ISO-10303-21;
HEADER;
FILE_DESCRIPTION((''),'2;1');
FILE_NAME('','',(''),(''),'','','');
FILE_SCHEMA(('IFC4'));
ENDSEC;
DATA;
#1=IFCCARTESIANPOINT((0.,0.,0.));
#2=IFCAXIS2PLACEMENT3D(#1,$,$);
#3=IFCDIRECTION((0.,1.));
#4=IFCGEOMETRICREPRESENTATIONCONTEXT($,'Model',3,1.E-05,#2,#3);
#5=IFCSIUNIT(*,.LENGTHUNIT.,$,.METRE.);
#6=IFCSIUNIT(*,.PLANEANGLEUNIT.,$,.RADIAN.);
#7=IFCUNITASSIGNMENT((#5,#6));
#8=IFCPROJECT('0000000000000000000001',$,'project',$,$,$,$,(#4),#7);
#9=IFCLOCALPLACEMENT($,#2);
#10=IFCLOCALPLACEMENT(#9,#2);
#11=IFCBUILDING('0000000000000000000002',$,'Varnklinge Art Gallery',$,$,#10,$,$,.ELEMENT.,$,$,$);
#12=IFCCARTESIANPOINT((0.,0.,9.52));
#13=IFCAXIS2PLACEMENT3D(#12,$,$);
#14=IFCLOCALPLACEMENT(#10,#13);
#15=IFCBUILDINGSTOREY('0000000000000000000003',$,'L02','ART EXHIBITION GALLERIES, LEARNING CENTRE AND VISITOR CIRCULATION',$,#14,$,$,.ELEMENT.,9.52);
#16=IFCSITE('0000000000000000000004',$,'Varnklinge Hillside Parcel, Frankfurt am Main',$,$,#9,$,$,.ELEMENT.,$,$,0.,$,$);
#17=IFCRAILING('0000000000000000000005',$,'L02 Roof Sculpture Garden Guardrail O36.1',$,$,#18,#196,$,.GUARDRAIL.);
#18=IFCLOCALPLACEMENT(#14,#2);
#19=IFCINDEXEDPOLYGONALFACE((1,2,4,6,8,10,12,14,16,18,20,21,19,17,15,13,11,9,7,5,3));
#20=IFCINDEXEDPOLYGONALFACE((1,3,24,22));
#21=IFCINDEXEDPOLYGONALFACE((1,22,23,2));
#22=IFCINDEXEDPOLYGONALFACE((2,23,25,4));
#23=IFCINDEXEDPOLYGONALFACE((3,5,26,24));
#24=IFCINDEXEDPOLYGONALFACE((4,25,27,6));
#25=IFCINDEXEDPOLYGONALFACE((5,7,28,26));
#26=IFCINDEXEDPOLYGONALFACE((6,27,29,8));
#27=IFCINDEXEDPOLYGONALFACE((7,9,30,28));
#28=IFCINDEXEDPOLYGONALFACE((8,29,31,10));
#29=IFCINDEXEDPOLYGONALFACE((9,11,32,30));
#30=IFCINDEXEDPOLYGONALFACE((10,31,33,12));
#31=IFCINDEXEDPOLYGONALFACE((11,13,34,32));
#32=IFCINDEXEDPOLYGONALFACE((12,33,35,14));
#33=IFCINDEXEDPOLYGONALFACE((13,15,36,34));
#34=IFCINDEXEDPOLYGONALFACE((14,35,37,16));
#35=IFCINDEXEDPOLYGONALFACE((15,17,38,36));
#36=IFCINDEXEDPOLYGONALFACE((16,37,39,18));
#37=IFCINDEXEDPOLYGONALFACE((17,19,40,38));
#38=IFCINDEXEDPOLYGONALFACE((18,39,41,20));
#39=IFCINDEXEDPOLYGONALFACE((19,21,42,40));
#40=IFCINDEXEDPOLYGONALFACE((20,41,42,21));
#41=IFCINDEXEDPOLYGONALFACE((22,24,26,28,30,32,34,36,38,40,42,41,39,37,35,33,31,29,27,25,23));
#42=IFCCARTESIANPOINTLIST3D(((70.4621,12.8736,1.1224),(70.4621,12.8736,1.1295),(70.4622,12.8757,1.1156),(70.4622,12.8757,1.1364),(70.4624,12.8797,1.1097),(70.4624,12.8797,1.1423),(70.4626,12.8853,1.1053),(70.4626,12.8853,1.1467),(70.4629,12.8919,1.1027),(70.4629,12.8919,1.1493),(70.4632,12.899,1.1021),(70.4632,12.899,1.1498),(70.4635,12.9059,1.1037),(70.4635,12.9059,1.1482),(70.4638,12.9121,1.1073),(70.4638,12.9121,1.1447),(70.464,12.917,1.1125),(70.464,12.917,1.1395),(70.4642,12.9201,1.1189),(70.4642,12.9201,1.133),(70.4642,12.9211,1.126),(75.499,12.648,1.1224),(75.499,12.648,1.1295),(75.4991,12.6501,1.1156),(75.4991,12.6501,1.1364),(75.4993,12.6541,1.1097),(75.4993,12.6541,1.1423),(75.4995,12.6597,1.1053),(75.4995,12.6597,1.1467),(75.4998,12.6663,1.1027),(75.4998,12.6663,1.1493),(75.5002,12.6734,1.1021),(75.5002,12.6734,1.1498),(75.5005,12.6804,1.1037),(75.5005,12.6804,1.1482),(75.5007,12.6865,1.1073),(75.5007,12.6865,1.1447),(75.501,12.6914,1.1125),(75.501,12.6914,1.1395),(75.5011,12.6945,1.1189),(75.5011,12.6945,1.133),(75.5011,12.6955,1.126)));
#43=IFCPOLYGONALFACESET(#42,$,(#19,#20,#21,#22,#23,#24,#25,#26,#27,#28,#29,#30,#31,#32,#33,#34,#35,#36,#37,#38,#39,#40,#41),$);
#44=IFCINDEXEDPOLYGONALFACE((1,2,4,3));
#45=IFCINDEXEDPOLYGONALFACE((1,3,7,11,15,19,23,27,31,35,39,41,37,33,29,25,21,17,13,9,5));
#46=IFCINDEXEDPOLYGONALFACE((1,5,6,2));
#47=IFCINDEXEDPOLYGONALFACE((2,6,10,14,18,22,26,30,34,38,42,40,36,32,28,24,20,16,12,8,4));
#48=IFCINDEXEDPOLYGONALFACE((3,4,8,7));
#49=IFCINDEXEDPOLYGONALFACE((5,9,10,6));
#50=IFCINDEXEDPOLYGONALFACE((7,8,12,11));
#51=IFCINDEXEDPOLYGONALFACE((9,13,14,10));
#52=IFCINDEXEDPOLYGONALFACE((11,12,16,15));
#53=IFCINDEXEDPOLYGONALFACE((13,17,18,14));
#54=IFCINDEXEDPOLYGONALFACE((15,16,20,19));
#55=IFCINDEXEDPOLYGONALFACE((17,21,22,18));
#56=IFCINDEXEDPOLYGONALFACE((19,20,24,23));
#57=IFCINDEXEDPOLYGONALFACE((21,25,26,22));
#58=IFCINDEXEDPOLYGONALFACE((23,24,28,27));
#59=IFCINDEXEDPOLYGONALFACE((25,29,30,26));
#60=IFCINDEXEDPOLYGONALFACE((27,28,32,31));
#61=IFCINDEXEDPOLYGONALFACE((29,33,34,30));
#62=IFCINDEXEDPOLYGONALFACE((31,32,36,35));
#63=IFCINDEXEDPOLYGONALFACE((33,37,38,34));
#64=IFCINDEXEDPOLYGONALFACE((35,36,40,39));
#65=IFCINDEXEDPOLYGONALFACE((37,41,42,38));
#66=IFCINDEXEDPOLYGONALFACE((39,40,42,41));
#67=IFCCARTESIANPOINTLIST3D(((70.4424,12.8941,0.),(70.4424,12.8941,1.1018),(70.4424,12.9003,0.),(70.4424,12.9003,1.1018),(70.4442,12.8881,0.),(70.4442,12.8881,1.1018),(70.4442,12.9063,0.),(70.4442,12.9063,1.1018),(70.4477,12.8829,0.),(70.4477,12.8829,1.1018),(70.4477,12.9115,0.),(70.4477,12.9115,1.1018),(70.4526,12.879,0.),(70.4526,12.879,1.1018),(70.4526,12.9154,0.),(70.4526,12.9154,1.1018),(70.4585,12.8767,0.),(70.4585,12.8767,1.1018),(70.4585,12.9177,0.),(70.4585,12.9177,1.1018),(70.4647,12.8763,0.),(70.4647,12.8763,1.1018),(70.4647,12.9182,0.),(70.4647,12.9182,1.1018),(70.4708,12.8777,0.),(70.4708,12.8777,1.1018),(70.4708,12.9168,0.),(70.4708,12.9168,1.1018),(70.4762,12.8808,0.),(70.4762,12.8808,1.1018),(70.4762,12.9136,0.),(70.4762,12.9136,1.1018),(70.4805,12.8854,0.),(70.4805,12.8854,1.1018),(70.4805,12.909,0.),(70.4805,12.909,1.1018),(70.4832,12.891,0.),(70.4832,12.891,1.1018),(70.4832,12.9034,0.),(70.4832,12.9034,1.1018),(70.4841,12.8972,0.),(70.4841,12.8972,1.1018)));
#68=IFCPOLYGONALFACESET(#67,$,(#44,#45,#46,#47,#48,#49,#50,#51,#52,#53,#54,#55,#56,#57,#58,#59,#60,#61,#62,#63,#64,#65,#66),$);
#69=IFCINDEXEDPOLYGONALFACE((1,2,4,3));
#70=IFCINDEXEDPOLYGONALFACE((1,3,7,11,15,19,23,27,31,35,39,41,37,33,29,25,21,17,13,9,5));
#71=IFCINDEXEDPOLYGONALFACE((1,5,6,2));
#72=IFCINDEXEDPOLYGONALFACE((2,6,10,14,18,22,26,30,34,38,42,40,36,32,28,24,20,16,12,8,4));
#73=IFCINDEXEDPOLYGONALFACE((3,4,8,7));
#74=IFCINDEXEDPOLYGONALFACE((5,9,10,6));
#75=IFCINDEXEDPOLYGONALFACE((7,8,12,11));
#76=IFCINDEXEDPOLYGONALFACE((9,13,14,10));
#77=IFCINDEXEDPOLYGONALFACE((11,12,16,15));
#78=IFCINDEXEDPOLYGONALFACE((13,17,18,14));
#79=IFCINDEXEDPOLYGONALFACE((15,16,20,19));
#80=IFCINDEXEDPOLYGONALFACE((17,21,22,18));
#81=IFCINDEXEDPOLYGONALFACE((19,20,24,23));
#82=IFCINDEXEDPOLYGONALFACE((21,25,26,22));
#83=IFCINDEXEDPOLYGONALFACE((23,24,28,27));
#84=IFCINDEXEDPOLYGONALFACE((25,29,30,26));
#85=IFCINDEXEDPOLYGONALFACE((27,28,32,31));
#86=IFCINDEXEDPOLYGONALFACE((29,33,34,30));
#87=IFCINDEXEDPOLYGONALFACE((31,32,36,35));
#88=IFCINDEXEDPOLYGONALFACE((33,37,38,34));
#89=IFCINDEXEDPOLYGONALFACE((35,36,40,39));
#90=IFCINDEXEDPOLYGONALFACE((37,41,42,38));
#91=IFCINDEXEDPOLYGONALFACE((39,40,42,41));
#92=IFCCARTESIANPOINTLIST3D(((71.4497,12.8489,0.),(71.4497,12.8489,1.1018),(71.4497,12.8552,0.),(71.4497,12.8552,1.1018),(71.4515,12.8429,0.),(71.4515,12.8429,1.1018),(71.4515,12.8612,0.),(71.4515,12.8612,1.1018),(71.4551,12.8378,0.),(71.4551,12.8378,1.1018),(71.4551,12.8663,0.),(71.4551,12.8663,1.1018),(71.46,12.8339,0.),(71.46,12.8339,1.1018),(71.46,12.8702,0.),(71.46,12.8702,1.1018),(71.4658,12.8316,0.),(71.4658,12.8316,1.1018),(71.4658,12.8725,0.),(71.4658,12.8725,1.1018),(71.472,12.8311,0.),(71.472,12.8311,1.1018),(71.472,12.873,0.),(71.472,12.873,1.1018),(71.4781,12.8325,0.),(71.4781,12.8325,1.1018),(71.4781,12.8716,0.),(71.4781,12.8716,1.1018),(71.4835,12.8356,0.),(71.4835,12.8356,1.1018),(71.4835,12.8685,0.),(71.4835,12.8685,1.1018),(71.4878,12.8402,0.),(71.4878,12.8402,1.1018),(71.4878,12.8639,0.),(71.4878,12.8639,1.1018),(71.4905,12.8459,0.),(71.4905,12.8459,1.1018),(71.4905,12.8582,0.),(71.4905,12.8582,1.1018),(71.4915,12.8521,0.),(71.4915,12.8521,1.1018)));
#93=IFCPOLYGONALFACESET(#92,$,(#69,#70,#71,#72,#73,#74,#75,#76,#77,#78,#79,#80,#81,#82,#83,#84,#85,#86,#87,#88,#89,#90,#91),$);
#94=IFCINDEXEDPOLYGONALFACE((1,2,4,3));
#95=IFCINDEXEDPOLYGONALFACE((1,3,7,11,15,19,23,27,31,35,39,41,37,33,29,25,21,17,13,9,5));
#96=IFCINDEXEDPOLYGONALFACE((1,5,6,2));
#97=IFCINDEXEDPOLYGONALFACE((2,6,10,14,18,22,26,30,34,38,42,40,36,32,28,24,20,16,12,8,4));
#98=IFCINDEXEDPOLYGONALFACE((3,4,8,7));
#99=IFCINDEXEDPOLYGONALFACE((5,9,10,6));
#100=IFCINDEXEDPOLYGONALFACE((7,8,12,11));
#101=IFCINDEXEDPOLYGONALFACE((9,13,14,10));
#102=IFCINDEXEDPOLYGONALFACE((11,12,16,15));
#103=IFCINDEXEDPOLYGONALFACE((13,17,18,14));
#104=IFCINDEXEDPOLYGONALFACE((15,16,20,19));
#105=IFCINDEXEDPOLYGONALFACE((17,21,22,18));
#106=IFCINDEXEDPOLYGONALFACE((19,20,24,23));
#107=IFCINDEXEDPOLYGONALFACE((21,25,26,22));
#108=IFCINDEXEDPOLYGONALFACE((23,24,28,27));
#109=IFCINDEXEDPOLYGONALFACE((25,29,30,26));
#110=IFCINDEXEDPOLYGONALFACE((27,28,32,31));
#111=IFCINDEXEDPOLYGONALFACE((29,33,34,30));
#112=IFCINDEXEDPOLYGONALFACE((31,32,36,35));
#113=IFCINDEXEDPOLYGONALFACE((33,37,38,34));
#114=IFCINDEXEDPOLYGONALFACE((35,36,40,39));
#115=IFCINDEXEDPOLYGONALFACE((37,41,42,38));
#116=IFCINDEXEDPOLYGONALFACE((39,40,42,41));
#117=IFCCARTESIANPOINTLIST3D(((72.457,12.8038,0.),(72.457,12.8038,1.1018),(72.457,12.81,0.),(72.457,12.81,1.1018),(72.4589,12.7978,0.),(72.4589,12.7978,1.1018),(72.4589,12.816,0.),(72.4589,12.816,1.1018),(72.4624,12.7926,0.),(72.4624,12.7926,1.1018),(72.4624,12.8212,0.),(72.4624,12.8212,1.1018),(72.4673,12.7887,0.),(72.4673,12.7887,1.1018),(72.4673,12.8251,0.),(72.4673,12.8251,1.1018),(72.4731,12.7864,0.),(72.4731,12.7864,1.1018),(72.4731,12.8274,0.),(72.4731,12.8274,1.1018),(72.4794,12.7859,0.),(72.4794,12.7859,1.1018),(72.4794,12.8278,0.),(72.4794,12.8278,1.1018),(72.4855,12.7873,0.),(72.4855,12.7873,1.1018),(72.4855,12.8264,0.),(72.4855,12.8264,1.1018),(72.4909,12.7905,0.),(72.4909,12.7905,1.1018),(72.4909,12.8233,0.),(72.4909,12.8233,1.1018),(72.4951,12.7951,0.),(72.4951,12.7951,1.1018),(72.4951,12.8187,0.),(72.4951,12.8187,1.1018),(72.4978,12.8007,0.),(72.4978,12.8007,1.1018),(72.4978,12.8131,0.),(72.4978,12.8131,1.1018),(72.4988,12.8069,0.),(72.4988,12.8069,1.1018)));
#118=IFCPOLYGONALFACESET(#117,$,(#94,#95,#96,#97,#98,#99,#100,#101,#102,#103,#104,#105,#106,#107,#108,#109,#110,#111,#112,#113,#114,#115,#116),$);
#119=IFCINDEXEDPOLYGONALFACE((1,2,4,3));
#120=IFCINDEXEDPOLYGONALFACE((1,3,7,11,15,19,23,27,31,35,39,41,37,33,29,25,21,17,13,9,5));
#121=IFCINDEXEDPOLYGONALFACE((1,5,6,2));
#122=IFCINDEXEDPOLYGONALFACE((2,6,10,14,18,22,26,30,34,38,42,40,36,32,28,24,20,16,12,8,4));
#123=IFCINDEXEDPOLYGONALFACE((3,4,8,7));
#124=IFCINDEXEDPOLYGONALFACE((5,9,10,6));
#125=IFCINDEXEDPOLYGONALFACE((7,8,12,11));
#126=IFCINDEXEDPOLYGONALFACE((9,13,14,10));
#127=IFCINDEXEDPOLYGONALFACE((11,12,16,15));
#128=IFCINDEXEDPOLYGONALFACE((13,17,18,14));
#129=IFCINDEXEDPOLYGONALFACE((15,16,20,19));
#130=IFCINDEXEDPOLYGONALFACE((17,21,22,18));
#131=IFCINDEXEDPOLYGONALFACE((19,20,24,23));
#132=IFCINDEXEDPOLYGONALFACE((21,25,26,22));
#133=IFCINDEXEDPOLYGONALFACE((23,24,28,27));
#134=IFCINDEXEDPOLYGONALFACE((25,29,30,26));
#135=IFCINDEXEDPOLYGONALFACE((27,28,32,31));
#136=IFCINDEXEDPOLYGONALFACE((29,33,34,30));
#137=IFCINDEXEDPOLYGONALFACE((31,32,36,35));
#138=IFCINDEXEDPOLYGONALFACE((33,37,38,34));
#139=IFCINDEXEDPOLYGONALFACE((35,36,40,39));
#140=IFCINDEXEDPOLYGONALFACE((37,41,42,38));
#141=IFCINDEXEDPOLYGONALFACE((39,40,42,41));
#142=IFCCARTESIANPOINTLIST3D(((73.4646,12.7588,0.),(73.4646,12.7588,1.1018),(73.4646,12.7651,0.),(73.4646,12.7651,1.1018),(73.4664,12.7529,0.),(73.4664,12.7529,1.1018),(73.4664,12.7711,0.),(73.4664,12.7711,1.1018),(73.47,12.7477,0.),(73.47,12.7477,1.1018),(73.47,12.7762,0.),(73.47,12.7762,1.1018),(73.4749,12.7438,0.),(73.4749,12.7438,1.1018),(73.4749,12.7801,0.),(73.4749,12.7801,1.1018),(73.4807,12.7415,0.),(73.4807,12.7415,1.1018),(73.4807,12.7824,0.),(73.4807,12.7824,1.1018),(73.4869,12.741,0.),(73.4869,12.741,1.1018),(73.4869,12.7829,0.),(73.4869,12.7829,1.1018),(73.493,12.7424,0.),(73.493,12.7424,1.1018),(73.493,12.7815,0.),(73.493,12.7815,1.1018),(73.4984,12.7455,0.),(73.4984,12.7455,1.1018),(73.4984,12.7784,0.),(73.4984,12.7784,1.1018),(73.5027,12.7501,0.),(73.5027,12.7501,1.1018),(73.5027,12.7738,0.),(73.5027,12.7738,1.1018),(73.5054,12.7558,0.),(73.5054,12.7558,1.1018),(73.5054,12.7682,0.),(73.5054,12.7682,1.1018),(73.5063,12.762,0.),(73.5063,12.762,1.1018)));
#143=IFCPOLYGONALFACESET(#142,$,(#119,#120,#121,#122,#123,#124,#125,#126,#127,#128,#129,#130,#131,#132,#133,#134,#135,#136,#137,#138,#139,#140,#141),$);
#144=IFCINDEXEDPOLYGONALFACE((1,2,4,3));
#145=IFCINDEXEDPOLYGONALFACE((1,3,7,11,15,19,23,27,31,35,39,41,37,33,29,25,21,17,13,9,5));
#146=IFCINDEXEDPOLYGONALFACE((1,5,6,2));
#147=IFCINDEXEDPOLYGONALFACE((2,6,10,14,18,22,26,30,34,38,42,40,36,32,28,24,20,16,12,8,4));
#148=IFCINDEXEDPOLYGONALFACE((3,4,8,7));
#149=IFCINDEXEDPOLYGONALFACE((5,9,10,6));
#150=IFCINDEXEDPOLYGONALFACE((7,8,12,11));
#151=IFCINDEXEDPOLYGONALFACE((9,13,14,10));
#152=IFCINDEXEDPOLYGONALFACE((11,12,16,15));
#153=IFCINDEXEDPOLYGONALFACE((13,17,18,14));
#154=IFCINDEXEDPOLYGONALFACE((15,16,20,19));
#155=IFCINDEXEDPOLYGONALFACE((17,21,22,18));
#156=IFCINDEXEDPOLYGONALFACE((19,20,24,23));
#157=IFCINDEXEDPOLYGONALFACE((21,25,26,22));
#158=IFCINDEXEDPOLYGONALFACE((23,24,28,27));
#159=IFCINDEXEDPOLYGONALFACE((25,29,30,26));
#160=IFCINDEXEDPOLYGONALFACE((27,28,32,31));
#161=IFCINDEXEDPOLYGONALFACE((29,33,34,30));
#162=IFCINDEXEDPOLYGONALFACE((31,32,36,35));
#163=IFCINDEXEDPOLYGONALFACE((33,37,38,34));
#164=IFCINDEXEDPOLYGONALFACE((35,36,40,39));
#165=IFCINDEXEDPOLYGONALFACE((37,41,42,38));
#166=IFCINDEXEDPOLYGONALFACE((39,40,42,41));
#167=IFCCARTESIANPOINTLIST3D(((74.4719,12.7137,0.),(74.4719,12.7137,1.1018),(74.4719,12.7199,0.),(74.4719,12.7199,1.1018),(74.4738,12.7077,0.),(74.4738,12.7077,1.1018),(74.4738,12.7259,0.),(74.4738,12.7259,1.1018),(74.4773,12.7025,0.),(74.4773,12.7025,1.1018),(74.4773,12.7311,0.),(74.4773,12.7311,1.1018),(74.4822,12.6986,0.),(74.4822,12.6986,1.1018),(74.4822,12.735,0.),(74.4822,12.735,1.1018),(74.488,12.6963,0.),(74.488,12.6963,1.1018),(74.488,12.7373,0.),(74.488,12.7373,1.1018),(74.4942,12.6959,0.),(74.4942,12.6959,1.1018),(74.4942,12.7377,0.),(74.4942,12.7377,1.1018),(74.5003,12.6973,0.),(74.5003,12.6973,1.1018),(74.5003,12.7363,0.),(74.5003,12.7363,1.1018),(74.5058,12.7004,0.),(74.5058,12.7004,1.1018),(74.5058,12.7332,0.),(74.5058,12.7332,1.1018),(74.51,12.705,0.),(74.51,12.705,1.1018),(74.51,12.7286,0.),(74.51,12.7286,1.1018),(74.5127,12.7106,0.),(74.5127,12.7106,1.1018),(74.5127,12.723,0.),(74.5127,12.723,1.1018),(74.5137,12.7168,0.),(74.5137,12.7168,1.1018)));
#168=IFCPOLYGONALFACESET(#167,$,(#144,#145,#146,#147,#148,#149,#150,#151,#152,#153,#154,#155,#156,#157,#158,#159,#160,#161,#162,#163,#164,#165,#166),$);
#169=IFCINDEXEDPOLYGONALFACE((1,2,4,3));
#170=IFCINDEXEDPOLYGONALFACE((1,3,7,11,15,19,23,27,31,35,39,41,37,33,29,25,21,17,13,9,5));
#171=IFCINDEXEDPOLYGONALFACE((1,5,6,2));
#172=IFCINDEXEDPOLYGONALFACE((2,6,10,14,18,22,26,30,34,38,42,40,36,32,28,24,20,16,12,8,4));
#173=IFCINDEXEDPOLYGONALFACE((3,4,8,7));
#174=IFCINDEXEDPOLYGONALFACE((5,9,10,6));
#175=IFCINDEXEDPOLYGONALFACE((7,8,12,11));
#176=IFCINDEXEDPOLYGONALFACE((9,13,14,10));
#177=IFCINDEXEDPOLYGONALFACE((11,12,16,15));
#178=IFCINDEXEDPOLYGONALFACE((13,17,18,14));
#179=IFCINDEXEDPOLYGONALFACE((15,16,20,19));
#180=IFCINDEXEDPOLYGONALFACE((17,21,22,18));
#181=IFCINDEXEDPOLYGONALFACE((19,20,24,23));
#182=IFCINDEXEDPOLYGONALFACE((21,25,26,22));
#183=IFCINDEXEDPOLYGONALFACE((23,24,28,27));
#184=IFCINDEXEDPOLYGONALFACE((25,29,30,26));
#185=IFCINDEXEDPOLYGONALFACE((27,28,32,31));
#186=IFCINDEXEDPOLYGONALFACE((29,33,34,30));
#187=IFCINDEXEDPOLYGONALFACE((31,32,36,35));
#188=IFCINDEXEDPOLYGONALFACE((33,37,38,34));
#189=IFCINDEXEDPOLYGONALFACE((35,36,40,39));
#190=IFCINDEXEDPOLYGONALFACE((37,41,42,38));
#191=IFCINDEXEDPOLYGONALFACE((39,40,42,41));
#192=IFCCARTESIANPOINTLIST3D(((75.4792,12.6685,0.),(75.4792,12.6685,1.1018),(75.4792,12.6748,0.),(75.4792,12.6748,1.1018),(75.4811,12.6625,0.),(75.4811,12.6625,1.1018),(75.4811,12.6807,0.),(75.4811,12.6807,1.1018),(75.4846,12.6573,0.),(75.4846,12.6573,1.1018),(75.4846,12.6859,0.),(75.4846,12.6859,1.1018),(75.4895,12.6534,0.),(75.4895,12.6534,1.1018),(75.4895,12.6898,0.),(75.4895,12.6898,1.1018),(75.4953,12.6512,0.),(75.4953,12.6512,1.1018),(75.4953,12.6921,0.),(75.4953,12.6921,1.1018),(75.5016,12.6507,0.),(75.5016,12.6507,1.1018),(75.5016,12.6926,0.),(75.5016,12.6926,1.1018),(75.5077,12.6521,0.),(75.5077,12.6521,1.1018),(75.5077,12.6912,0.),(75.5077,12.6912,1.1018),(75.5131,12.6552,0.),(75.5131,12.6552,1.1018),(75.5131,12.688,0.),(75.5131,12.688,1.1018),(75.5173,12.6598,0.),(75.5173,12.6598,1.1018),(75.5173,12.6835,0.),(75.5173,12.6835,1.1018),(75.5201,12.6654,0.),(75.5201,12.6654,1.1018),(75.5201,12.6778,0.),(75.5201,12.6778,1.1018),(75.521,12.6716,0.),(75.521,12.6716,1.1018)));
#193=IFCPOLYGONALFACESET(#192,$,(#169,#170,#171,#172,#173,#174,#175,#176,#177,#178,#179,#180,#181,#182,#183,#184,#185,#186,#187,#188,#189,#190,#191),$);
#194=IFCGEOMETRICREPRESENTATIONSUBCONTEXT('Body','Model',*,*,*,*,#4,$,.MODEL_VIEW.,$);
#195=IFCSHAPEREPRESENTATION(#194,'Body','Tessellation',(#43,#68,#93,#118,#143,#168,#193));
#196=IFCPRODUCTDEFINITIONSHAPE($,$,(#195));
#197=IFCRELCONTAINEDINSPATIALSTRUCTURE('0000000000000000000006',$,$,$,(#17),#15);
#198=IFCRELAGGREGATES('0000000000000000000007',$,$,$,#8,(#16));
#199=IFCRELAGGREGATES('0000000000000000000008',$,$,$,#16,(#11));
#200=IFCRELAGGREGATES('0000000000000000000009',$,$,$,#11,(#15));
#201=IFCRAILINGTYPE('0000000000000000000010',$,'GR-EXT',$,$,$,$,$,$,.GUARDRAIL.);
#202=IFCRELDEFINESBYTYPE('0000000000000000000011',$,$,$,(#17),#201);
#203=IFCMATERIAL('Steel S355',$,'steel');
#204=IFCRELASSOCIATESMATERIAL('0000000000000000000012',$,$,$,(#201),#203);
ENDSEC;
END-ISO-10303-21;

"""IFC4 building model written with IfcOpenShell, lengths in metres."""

from ifc_helpers import new_model, si_unit, direction, frame, origin, origin_2d, place, context, subcontext, project, spatial, circle, extrude, material, type_object, element, save


model = new_model("IFC4")

# Units and contexts
model_context = context("Model", 3, precision=1e-05, world=origin(), true_north=direction((0.0, 1.0)))
body_context = subcontext(model_context, "Body", "Model", "MODEL_VIEW")
ifc_project = project(units=[si_unit("LENGTHUNIT", "METRE"), si_unit("PLANEANGLEUNIT", "RADIAN")], contexts=[model_context])

# Site, building, storey
site_placement = place(None, origin())
site = spatial("IfcSite", under=ifc_project, at=site_placement, Name="Varnklinge Hillside Parcel, Frankfurt am Main", CompositionType="ELEMENT", RefElevation=0.0)
building_placement = place(site_placement, origin())
building = spatial("IfcBuilding", under=site, at=building_placement, Name="Varnklinge Art Gallery", CompositionType="ELEMENT")
storey_placement = place(building_placement, frame((0.0, 0.0, 9.52)))
storey = spatial("IfcBuildingStorey", under=building, at=storey_placement, Name="L02", Description="ART EXHIBITION GALLERIES, LEARNING CENTRE AND VISITOR CIRCULATION", CompositionType="ELEMENT", Elevation=9.52)

# Railing
ifc_material_1 = material(Name="Steel S355", Category="steel")
railing_type = type_object("IfcRailingType", Name="GR-EXT", PredefinedType="GUARDRAIL", material=ifc_material_1)
railing_1_placement = place(storey_placement, frame((70.4631, 12.8972, 0.0)))
element("IfcRailing", 1, at=railing_1_placement, inside=storey, type_object=railing_type, Name="L02 Roof Sculpture Garden Guardrail O36.1", PredefinedType="GUARDRAIL", context=body_context, shape_type="SweptSolid", body=[
    extrude(circle(Radius=0.0239, at=origin_2d()), frame((0.0, 0.0, 1.126), z_axis=(0.998999, -0.044742, 0.0), x_axis=(0.044742, 0.998999, 0.0)), (0.0, 0.0, 1.0), 5.042),
    extrude(circle(Radius=0.021, at=origin_2d()), origin(), (0.0, 0.0, 1.0), 1.1018),
    extrude(circle(Radius=0.021, at=origin_2d()), frame((1.0073, -0.0452, 0.0)), (0.0, 0.0, 1.0), 1.1018),
    extrude(circle(Radius=0.021, at=origin_2d()), frame((2.0146, -0.0903, 0.0)), (0.0, 0.0, 1.0), 1.1018),
    extrude(circle(Radius=0.021, at=origin_2d()), frame((3.0222, -0.1353, 0.0)), (0.0, 0.0, 1.0), 1.1018),
    extrude(circle(Radius=0.021, at=origin_2d()), frame((4.0295, -0.1804, 0.0)), (0.0, 0.0, 1.0), 1.1018),
    extrude(circle(Radius=0.021, at=origin_2d()), frame((5.0369, -0.2256, 0.0)), (0.0, 0.0, 1.0), 1.1018),
])

save(model, "model.ifc")
